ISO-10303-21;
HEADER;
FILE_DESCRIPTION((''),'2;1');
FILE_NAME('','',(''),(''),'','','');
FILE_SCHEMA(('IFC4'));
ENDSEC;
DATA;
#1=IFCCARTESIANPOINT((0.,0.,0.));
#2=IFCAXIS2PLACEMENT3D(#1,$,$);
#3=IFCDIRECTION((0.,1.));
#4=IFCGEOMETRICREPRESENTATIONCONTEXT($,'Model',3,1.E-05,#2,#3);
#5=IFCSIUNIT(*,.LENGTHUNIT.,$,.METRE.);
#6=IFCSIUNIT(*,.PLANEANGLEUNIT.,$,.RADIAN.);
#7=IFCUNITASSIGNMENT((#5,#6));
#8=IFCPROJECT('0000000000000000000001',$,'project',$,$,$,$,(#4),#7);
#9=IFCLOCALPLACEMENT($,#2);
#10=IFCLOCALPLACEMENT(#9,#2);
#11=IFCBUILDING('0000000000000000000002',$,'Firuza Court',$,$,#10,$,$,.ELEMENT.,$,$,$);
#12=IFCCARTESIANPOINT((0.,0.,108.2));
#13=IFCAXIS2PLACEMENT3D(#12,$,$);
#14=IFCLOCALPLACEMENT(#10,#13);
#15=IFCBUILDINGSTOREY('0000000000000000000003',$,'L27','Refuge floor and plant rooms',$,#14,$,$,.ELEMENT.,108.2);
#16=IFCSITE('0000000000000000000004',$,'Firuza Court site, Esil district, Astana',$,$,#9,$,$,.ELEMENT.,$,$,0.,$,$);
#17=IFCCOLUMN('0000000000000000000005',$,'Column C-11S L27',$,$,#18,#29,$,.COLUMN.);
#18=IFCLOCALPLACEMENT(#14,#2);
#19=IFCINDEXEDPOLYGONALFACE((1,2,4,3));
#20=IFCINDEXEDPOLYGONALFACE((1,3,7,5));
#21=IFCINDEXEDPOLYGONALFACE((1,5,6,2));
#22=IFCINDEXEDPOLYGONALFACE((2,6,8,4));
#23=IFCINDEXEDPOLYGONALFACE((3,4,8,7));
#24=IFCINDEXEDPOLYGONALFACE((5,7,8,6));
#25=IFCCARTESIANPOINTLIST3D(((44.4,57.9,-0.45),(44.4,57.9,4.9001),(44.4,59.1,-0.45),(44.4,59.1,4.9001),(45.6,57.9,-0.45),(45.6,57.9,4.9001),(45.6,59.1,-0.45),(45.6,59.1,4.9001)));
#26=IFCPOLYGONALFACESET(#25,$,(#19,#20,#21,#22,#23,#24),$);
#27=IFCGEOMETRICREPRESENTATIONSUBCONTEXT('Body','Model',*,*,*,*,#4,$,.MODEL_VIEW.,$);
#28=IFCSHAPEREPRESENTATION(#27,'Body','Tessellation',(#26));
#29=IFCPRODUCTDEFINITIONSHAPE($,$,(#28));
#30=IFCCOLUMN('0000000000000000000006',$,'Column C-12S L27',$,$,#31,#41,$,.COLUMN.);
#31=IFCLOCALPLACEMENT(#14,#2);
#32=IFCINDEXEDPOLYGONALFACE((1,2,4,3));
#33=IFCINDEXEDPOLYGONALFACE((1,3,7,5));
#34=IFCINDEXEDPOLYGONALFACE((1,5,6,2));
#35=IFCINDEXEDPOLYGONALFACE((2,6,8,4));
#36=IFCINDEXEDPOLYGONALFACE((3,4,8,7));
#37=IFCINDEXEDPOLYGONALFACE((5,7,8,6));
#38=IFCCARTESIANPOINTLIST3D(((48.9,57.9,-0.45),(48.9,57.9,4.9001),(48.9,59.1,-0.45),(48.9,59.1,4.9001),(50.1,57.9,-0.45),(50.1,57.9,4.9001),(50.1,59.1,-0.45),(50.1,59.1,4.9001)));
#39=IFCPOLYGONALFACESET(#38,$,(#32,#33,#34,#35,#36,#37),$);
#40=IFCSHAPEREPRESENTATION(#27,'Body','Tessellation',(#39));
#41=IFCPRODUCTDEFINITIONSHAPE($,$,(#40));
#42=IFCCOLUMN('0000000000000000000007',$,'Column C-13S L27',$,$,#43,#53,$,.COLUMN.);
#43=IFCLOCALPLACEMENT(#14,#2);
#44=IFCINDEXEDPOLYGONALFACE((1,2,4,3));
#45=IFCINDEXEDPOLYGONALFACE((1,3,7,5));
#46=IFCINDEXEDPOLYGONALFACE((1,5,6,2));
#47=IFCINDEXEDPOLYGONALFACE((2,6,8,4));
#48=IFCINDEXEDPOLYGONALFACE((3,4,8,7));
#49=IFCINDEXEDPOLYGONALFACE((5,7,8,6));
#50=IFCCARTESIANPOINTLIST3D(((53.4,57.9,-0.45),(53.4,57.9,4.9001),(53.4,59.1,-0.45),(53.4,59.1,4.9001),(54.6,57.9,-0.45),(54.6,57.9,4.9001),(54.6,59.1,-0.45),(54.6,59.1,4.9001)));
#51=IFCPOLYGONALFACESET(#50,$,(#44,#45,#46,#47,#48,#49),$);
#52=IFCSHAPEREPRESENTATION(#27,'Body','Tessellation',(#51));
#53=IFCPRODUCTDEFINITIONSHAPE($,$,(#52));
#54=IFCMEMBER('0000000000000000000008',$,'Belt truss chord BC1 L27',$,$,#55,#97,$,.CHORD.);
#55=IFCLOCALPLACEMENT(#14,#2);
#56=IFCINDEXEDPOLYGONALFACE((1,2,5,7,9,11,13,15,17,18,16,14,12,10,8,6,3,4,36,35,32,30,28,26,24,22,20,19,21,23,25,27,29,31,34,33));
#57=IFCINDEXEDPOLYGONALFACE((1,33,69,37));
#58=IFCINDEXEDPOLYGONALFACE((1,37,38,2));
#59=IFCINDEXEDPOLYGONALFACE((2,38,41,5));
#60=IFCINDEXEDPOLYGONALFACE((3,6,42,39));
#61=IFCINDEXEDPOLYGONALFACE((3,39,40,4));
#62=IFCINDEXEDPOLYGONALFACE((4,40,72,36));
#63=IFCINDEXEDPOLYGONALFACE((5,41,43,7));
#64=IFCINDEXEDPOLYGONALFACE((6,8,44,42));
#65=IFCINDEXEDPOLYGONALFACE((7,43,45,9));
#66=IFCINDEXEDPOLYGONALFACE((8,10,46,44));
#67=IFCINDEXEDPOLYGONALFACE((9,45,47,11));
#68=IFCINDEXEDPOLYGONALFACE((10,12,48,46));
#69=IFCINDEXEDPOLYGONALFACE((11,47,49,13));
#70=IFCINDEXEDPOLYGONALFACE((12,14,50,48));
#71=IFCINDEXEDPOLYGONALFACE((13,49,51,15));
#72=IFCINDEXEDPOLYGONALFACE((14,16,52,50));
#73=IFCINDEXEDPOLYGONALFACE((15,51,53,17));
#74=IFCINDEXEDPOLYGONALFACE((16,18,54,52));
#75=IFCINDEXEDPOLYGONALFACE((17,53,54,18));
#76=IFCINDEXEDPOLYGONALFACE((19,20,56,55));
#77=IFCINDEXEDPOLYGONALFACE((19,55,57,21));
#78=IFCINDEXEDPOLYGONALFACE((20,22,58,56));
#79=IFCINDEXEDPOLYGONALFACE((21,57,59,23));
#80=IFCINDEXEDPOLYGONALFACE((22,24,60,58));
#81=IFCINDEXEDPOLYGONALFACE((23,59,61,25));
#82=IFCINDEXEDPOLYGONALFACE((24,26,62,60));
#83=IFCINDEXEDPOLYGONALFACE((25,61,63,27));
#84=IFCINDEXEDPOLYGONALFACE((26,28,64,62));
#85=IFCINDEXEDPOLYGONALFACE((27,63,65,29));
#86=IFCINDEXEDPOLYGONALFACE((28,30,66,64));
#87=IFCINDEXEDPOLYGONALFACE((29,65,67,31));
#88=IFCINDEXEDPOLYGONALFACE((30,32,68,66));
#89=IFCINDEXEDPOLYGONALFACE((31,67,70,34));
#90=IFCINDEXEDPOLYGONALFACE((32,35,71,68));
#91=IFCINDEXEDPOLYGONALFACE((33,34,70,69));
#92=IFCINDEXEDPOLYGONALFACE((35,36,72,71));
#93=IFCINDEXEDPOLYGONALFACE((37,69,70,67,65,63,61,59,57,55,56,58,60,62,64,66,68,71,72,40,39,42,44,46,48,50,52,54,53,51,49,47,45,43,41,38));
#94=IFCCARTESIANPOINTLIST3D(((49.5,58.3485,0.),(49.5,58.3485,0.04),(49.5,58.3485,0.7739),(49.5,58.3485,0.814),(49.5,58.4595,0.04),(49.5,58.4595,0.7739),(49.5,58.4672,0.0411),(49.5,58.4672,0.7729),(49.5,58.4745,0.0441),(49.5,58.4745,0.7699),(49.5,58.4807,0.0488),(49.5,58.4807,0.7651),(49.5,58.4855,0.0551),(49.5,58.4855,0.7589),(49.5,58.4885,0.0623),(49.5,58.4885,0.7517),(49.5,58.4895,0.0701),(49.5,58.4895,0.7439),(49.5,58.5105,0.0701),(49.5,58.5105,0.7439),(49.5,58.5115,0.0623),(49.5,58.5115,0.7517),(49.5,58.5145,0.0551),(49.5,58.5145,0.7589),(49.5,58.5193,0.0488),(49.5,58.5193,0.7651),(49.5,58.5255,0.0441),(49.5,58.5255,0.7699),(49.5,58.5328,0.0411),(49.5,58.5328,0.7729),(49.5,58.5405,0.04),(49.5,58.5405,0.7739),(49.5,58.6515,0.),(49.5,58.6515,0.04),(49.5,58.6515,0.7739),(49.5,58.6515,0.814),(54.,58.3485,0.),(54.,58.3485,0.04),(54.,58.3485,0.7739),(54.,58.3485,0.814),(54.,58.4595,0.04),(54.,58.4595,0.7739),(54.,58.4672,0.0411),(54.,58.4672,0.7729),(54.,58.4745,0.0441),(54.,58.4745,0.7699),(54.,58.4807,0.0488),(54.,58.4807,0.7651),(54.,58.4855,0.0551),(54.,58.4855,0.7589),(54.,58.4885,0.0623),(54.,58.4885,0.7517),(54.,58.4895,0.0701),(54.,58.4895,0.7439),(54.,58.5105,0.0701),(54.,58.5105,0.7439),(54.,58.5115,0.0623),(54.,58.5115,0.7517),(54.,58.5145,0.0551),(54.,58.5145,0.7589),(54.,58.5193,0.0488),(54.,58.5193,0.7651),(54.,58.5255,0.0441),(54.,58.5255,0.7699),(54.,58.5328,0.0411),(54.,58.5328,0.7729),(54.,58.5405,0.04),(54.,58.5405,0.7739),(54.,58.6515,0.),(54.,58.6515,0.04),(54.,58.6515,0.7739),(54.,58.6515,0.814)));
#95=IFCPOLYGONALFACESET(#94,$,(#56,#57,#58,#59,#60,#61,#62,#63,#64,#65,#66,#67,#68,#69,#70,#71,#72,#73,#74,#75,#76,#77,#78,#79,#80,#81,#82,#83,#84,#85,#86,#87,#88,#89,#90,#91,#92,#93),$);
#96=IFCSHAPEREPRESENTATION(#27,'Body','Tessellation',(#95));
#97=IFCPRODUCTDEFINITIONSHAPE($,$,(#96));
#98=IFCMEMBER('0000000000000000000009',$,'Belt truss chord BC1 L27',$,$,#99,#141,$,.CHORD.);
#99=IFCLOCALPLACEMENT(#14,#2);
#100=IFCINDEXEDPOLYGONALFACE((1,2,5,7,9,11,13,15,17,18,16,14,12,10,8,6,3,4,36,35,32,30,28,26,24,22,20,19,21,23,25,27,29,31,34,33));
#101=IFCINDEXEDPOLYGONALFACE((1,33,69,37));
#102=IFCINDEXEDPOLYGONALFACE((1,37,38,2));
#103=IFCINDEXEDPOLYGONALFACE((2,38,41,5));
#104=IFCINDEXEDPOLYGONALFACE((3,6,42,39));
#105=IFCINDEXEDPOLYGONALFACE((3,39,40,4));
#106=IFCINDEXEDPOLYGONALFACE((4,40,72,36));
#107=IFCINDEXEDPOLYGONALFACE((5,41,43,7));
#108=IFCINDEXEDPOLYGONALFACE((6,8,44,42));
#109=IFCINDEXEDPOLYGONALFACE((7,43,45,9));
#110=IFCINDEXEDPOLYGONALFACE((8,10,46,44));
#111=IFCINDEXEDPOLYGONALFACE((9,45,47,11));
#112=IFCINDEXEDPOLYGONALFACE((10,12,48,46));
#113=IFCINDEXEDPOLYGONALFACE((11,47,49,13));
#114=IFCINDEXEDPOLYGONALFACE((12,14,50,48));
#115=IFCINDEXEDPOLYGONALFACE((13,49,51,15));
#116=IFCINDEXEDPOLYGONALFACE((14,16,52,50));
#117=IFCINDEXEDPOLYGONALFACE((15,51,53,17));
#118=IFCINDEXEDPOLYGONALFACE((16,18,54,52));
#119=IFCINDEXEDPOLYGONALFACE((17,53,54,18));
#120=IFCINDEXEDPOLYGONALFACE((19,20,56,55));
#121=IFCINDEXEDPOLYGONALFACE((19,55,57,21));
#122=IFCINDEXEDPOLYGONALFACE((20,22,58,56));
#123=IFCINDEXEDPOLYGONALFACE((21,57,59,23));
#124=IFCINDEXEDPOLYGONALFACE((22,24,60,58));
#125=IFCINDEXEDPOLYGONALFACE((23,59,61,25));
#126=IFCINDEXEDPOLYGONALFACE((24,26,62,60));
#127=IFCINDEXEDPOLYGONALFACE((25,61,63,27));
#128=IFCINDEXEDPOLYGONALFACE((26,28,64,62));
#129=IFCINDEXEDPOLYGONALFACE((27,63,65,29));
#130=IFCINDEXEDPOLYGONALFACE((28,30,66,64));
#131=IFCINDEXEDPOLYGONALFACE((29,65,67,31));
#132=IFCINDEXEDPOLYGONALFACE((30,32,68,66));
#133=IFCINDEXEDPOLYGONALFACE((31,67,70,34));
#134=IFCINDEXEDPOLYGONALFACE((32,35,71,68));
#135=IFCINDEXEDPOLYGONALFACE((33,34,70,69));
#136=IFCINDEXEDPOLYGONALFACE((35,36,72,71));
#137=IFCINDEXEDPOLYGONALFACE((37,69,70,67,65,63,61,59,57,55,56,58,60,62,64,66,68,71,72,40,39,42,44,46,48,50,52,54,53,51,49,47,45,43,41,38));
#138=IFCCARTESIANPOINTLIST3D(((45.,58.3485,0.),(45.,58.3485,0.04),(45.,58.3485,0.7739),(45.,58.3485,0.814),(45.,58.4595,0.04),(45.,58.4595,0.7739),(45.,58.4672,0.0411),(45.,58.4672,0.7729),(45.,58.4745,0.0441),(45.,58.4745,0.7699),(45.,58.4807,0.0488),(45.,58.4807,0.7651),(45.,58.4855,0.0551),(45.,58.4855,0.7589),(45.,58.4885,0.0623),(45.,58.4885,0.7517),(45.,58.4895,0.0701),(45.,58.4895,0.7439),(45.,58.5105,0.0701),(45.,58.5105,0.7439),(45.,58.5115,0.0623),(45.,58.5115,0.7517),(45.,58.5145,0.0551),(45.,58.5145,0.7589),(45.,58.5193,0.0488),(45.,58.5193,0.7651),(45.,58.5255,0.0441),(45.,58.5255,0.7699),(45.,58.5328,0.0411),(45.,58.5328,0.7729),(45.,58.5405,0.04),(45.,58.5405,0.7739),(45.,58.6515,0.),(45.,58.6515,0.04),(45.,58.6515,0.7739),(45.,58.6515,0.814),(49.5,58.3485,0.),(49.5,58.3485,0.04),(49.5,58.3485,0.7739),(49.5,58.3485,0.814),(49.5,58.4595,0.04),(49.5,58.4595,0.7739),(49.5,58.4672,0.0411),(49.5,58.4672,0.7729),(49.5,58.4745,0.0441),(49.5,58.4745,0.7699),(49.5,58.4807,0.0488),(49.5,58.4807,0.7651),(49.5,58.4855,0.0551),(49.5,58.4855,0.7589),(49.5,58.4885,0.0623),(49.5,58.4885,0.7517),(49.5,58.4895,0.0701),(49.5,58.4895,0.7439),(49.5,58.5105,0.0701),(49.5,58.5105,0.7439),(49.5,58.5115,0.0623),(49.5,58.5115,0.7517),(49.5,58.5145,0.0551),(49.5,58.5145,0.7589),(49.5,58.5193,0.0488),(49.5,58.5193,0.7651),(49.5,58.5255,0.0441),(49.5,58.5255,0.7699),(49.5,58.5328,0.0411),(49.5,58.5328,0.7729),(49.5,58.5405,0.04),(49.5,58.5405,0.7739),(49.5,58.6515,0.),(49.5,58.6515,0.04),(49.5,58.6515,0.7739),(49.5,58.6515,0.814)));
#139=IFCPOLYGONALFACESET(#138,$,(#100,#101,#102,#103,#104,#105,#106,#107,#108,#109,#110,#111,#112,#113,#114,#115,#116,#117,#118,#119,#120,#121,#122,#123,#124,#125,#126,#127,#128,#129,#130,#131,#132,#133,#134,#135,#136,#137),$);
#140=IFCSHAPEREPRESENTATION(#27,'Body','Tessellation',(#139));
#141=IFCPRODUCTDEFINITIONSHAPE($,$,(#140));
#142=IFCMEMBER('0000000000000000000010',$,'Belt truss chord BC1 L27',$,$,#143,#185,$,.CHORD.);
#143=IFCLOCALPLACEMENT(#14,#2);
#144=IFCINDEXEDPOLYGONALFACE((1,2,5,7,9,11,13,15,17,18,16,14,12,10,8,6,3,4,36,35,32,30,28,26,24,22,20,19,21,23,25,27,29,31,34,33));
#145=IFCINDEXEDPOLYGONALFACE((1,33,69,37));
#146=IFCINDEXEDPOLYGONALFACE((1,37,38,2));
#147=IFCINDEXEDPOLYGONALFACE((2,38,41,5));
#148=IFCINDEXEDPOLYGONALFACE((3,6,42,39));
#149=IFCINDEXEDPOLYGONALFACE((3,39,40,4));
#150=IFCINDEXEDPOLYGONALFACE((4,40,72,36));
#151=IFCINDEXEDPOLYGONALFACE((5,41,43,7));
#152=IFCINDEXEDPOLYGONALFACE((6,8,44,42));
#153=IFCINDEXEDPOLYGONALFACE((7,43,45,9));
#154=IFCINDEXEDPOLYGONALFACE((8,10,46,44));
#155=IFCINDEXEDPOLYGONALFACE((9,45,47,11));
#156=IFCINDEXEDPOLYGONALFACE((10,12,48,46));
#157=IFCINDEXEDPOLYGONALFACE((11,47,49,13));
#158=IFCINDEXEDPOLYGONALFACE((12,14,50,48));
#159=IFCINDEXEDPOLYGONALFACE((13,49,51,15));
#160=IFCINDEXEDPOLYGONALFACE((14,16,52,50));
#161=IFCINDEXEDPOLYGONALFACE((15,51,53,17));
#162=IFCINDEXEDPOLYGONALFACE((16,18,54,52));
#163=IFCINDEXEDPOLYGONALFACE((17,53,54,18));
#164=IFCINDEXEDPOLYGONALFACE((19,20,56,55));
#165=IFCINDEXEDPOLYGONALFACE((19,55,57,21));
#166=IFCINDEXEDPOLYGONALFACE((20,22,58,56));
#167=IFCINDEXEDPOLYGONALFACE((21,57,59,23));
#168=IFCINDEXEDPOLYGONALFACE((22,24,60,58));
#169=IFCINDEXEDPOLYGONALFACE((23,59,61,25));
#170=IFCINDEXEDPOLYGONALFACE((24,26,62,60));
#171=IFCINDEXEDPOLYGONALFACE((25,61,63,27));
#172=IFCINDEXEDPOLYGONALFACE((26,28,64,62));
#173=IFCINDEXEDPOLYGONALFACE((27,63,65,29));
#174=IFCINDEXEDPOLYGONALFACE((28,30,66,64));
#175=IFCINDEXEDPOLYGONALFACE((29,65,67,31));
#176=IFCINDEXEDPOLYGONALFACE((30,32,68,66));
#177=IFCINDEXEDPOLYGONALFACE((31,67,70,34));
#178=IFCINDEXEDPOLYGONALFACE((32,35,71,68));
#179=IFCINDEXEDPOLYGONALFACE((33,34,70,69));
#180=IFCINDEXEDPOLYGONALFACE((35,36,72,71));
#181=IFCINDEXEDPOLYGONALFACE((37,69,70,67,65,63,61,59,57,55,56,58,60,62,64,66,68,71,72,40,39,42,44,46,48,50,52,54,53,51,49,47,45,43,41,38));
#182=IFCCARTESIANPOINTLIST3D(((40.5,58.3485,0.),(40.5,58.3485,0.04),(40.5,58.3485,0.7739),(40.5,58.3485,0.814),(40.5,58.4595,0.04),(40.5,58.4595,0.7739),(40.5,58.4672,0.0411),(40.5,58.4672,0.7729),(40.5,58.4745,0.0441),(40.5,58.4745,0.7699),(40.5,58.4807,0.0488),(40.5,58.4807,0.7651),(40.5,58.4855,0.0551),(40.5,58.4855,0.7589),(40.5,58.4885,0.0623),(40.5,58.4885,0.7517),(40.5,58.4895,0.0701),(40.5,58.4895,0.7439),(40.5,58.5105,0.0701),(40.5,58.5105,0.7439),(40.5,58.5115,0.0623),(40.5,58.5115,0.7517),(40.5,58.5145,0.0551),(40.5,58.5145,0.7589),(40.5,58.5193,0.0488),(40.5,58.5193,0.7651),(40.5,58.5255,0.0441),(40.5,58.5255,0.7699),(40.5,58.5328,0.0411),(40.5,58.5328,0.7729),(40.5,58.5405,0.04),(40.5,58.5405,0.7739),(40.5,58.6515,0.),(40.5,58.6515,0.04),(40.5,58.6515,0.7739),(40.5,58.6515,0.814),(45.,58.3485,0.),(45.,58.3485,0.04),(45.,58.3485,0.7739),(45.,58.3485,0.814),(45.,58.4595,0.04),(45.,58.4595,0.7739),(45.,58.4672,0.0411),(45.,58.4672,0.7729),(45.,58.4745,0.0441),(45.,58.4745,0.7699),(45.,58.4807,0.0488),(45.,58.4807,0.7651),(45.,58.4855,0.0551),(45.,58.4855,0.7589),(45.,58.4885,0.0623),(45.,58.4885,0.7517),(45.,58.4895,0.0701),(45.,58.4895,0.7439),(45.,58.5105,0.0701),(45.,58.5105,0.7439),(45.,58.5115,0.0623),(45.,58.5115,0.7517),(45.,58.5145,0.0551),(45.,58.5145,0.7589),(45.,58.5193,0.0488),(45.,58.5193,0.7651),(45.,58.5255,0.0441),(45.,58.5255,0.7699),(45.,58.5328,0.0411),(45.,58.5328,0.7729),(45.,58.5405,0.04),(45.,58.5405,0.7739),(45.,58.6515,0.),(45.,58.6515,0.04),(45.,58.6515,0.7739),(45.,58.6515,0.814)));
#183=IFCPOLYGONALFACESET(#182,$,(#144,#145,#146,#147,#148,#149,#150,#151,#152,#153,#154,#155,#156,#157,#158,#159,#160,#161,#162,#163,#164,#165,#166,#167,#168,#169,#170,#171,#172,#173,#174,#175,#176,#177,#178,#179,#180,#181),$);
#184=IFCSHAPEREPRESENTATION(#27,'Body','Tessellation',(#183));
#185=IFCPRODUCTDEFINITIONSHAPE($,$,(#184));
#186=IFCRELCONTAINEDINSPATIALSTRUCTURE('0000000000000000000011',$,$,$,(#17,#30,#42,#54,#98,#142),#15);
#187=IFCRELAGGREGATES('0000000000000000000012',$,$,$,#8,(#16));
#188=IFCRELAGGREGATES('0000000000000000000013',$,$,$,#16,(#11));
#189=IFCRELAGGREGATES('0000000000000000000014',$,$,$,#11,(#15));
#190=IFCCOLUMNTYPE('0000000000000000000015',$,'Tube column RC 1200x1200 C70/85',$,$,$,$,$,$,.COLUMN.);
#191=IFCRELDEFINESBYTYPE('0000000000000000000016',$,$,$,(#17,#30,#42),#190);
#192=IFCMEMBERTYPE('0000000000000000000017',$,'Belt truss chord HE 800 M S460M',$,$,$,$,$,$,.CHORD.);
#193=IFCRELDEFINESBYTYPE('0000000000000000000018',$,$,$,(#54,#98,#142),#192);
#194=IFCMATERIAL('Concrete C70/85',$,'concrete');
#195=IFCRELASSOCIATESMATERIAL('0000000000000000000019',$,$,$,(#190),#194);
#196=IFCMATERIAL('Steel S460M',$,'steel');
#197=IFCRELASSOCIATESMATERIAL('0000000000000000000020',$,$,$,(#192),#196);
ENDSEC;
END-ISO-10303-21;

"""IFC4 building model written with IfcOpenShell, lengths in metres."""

from ifc_helpers import new_model, si_unit, direction, frame, origin, origin_2d, place, context, subcontext, project, spatial, rectangle, i_section, extrude, material, material_profile, profile_set, type_object, element, save


model = new_model("IFC4")

# Units and contexts
model_context = context("Model", 3, precision=1e-05, world=origin(), true_north=direction((0.0, 1.0)))
body_context = subcontext(model_context, "Body", "Model", "MODEL_VIEW")
ifc_project = project(units=[si_unit("LENGTHUNIT", "METRE"), si_unit("PLANEANGLEUNIT", "RADIAN")], contexts=[model_context])

# Site, building, storey
site_placement = place(None, origin())
site = spatial("IfcSite", under=ifc_project, at=site_placement, Name="Firuza Court site, Esil district, Astana", CompositionType="ELEMENT", RefElevation=0.0)
building_placement = place(site_placement, origin())
building = spatial("IfcBuilding", under=site, at=building_placement, Name="Firuza Court", CompositionType="ELEMENT")
storey_placement = place(building_placement, frame((0.0, 0.0, 108.2)))
storey = spatial("IfcBuildingStorey", under=building, at=storey_placement, Name="L27", Description="Refuge floor and plant rooms", CompositionType="ELEMENT", Elevation=108.2)

# Columns
ifc_material_1 = material(Name="Concrete C70/85", Category="concrete")
ifc_material_profile_1 = material_profile(ifc_material_1, rectangle(XDim=1.2, YDim=1.2, at=origin_2d()), Name="RC 1200x1200")
ifc_profile_set_1 = profile_set([ifc_material_profile_1], Name="Concrete C70/85")
column_type = type_object("IfcColumnType", Name="Tube column RC 1200x1200 C70/85", PredefinedType="COLUMN", material=ifc_profile_set_1)
for number, where, z_axis, x_axis, name in (
    (1, (45.0, 58.5, -0.45), (0.0, 0.0, 1.0), (1.0, 0.0, 0.0), "Column C-11S L27"),
    (2, (49.5, 58.5, -0.45), (0.0, 0.0, 1.0), (1.0, 0.0, 0.0), "Column C-12S L27"),
    (3, (54.0, 58.5, -0.45), (0.0, 0.0, 1.0), (1.0, 0.0, 0.0), "Column C-13S L27"),
):
    element("IfcColumn", number, at=place(storey_placement, frame(where, z_axis=z_axis, x_axis=x_axis)), inside=storey, type_object=column_type, Name=name, PredefinedType="COLUMN", context=body_context, shape_type="SweptSolid", body=[
        extrude(rectangle(XDim=1.2, YDim=1.2, at=origin_2d()), origin(), (0.0, 0.0, 1.0), 5.3501),
    ])

# Members
ifc_material_2 = material(Name="Steel S460M", Category="steel")
ifc_material_profile_2 = material_profile(ifc_material_2, i_section(OverallWidth=0.303, OverallDepth=0.814, WebThickness=0.021, FlangeThickness=0.04, FilletRadius=0.03, at=origin_2d()), Name="HE 800 M")
ifc_profile_set_2 = profile_set([ifc_material_profile_2], Name="Steel S460M")
member_type_1 = type_object("IfcMemberType", Name="Belt truss chord HE 800 M S460M", PredefinedType="CHORD", material=ifc_profile_set_2)
for number, where, z_axis, x_axis, name in (
    (4, (54.0, 58.5, 0.407), (-1.0, 0.0, 0.0), (0.0, -1.0, 0.0), "Belt truss chord BC1 L27"),
    (5, (49.5, 58.5, 0.407), (-1.0, 0.0, 0.0), (0.0, -1.0, 0.0), "Belt truss chord BC1 L27"),
    (6, (45.0, 58.5, 0.407), (-1.0, 0.0, 0.0), (0.0, -1.0, 0.0), "Belt truss chord BC1 L27"),
):
    element("IfcMember", number, at=place(storey_placement, frame(where, z_axis=z_axis, x_axis=x_axis)), inside=storey, type_object=member_type_1, Name=name, PredefinedType="CHORD", context=body_context, shape_type="SweptSolid", body=[
        extrude(i_section(OverallWidth=0.303, OverallDepth=0.814, WebThickness=0.021, FlangeThickness=0.04, FilletRadius=0.03, at=origin_2d()), origin(), (0.0, 0.0, 1.0), 4.5),
    ])

save(model, "model.ifc")
